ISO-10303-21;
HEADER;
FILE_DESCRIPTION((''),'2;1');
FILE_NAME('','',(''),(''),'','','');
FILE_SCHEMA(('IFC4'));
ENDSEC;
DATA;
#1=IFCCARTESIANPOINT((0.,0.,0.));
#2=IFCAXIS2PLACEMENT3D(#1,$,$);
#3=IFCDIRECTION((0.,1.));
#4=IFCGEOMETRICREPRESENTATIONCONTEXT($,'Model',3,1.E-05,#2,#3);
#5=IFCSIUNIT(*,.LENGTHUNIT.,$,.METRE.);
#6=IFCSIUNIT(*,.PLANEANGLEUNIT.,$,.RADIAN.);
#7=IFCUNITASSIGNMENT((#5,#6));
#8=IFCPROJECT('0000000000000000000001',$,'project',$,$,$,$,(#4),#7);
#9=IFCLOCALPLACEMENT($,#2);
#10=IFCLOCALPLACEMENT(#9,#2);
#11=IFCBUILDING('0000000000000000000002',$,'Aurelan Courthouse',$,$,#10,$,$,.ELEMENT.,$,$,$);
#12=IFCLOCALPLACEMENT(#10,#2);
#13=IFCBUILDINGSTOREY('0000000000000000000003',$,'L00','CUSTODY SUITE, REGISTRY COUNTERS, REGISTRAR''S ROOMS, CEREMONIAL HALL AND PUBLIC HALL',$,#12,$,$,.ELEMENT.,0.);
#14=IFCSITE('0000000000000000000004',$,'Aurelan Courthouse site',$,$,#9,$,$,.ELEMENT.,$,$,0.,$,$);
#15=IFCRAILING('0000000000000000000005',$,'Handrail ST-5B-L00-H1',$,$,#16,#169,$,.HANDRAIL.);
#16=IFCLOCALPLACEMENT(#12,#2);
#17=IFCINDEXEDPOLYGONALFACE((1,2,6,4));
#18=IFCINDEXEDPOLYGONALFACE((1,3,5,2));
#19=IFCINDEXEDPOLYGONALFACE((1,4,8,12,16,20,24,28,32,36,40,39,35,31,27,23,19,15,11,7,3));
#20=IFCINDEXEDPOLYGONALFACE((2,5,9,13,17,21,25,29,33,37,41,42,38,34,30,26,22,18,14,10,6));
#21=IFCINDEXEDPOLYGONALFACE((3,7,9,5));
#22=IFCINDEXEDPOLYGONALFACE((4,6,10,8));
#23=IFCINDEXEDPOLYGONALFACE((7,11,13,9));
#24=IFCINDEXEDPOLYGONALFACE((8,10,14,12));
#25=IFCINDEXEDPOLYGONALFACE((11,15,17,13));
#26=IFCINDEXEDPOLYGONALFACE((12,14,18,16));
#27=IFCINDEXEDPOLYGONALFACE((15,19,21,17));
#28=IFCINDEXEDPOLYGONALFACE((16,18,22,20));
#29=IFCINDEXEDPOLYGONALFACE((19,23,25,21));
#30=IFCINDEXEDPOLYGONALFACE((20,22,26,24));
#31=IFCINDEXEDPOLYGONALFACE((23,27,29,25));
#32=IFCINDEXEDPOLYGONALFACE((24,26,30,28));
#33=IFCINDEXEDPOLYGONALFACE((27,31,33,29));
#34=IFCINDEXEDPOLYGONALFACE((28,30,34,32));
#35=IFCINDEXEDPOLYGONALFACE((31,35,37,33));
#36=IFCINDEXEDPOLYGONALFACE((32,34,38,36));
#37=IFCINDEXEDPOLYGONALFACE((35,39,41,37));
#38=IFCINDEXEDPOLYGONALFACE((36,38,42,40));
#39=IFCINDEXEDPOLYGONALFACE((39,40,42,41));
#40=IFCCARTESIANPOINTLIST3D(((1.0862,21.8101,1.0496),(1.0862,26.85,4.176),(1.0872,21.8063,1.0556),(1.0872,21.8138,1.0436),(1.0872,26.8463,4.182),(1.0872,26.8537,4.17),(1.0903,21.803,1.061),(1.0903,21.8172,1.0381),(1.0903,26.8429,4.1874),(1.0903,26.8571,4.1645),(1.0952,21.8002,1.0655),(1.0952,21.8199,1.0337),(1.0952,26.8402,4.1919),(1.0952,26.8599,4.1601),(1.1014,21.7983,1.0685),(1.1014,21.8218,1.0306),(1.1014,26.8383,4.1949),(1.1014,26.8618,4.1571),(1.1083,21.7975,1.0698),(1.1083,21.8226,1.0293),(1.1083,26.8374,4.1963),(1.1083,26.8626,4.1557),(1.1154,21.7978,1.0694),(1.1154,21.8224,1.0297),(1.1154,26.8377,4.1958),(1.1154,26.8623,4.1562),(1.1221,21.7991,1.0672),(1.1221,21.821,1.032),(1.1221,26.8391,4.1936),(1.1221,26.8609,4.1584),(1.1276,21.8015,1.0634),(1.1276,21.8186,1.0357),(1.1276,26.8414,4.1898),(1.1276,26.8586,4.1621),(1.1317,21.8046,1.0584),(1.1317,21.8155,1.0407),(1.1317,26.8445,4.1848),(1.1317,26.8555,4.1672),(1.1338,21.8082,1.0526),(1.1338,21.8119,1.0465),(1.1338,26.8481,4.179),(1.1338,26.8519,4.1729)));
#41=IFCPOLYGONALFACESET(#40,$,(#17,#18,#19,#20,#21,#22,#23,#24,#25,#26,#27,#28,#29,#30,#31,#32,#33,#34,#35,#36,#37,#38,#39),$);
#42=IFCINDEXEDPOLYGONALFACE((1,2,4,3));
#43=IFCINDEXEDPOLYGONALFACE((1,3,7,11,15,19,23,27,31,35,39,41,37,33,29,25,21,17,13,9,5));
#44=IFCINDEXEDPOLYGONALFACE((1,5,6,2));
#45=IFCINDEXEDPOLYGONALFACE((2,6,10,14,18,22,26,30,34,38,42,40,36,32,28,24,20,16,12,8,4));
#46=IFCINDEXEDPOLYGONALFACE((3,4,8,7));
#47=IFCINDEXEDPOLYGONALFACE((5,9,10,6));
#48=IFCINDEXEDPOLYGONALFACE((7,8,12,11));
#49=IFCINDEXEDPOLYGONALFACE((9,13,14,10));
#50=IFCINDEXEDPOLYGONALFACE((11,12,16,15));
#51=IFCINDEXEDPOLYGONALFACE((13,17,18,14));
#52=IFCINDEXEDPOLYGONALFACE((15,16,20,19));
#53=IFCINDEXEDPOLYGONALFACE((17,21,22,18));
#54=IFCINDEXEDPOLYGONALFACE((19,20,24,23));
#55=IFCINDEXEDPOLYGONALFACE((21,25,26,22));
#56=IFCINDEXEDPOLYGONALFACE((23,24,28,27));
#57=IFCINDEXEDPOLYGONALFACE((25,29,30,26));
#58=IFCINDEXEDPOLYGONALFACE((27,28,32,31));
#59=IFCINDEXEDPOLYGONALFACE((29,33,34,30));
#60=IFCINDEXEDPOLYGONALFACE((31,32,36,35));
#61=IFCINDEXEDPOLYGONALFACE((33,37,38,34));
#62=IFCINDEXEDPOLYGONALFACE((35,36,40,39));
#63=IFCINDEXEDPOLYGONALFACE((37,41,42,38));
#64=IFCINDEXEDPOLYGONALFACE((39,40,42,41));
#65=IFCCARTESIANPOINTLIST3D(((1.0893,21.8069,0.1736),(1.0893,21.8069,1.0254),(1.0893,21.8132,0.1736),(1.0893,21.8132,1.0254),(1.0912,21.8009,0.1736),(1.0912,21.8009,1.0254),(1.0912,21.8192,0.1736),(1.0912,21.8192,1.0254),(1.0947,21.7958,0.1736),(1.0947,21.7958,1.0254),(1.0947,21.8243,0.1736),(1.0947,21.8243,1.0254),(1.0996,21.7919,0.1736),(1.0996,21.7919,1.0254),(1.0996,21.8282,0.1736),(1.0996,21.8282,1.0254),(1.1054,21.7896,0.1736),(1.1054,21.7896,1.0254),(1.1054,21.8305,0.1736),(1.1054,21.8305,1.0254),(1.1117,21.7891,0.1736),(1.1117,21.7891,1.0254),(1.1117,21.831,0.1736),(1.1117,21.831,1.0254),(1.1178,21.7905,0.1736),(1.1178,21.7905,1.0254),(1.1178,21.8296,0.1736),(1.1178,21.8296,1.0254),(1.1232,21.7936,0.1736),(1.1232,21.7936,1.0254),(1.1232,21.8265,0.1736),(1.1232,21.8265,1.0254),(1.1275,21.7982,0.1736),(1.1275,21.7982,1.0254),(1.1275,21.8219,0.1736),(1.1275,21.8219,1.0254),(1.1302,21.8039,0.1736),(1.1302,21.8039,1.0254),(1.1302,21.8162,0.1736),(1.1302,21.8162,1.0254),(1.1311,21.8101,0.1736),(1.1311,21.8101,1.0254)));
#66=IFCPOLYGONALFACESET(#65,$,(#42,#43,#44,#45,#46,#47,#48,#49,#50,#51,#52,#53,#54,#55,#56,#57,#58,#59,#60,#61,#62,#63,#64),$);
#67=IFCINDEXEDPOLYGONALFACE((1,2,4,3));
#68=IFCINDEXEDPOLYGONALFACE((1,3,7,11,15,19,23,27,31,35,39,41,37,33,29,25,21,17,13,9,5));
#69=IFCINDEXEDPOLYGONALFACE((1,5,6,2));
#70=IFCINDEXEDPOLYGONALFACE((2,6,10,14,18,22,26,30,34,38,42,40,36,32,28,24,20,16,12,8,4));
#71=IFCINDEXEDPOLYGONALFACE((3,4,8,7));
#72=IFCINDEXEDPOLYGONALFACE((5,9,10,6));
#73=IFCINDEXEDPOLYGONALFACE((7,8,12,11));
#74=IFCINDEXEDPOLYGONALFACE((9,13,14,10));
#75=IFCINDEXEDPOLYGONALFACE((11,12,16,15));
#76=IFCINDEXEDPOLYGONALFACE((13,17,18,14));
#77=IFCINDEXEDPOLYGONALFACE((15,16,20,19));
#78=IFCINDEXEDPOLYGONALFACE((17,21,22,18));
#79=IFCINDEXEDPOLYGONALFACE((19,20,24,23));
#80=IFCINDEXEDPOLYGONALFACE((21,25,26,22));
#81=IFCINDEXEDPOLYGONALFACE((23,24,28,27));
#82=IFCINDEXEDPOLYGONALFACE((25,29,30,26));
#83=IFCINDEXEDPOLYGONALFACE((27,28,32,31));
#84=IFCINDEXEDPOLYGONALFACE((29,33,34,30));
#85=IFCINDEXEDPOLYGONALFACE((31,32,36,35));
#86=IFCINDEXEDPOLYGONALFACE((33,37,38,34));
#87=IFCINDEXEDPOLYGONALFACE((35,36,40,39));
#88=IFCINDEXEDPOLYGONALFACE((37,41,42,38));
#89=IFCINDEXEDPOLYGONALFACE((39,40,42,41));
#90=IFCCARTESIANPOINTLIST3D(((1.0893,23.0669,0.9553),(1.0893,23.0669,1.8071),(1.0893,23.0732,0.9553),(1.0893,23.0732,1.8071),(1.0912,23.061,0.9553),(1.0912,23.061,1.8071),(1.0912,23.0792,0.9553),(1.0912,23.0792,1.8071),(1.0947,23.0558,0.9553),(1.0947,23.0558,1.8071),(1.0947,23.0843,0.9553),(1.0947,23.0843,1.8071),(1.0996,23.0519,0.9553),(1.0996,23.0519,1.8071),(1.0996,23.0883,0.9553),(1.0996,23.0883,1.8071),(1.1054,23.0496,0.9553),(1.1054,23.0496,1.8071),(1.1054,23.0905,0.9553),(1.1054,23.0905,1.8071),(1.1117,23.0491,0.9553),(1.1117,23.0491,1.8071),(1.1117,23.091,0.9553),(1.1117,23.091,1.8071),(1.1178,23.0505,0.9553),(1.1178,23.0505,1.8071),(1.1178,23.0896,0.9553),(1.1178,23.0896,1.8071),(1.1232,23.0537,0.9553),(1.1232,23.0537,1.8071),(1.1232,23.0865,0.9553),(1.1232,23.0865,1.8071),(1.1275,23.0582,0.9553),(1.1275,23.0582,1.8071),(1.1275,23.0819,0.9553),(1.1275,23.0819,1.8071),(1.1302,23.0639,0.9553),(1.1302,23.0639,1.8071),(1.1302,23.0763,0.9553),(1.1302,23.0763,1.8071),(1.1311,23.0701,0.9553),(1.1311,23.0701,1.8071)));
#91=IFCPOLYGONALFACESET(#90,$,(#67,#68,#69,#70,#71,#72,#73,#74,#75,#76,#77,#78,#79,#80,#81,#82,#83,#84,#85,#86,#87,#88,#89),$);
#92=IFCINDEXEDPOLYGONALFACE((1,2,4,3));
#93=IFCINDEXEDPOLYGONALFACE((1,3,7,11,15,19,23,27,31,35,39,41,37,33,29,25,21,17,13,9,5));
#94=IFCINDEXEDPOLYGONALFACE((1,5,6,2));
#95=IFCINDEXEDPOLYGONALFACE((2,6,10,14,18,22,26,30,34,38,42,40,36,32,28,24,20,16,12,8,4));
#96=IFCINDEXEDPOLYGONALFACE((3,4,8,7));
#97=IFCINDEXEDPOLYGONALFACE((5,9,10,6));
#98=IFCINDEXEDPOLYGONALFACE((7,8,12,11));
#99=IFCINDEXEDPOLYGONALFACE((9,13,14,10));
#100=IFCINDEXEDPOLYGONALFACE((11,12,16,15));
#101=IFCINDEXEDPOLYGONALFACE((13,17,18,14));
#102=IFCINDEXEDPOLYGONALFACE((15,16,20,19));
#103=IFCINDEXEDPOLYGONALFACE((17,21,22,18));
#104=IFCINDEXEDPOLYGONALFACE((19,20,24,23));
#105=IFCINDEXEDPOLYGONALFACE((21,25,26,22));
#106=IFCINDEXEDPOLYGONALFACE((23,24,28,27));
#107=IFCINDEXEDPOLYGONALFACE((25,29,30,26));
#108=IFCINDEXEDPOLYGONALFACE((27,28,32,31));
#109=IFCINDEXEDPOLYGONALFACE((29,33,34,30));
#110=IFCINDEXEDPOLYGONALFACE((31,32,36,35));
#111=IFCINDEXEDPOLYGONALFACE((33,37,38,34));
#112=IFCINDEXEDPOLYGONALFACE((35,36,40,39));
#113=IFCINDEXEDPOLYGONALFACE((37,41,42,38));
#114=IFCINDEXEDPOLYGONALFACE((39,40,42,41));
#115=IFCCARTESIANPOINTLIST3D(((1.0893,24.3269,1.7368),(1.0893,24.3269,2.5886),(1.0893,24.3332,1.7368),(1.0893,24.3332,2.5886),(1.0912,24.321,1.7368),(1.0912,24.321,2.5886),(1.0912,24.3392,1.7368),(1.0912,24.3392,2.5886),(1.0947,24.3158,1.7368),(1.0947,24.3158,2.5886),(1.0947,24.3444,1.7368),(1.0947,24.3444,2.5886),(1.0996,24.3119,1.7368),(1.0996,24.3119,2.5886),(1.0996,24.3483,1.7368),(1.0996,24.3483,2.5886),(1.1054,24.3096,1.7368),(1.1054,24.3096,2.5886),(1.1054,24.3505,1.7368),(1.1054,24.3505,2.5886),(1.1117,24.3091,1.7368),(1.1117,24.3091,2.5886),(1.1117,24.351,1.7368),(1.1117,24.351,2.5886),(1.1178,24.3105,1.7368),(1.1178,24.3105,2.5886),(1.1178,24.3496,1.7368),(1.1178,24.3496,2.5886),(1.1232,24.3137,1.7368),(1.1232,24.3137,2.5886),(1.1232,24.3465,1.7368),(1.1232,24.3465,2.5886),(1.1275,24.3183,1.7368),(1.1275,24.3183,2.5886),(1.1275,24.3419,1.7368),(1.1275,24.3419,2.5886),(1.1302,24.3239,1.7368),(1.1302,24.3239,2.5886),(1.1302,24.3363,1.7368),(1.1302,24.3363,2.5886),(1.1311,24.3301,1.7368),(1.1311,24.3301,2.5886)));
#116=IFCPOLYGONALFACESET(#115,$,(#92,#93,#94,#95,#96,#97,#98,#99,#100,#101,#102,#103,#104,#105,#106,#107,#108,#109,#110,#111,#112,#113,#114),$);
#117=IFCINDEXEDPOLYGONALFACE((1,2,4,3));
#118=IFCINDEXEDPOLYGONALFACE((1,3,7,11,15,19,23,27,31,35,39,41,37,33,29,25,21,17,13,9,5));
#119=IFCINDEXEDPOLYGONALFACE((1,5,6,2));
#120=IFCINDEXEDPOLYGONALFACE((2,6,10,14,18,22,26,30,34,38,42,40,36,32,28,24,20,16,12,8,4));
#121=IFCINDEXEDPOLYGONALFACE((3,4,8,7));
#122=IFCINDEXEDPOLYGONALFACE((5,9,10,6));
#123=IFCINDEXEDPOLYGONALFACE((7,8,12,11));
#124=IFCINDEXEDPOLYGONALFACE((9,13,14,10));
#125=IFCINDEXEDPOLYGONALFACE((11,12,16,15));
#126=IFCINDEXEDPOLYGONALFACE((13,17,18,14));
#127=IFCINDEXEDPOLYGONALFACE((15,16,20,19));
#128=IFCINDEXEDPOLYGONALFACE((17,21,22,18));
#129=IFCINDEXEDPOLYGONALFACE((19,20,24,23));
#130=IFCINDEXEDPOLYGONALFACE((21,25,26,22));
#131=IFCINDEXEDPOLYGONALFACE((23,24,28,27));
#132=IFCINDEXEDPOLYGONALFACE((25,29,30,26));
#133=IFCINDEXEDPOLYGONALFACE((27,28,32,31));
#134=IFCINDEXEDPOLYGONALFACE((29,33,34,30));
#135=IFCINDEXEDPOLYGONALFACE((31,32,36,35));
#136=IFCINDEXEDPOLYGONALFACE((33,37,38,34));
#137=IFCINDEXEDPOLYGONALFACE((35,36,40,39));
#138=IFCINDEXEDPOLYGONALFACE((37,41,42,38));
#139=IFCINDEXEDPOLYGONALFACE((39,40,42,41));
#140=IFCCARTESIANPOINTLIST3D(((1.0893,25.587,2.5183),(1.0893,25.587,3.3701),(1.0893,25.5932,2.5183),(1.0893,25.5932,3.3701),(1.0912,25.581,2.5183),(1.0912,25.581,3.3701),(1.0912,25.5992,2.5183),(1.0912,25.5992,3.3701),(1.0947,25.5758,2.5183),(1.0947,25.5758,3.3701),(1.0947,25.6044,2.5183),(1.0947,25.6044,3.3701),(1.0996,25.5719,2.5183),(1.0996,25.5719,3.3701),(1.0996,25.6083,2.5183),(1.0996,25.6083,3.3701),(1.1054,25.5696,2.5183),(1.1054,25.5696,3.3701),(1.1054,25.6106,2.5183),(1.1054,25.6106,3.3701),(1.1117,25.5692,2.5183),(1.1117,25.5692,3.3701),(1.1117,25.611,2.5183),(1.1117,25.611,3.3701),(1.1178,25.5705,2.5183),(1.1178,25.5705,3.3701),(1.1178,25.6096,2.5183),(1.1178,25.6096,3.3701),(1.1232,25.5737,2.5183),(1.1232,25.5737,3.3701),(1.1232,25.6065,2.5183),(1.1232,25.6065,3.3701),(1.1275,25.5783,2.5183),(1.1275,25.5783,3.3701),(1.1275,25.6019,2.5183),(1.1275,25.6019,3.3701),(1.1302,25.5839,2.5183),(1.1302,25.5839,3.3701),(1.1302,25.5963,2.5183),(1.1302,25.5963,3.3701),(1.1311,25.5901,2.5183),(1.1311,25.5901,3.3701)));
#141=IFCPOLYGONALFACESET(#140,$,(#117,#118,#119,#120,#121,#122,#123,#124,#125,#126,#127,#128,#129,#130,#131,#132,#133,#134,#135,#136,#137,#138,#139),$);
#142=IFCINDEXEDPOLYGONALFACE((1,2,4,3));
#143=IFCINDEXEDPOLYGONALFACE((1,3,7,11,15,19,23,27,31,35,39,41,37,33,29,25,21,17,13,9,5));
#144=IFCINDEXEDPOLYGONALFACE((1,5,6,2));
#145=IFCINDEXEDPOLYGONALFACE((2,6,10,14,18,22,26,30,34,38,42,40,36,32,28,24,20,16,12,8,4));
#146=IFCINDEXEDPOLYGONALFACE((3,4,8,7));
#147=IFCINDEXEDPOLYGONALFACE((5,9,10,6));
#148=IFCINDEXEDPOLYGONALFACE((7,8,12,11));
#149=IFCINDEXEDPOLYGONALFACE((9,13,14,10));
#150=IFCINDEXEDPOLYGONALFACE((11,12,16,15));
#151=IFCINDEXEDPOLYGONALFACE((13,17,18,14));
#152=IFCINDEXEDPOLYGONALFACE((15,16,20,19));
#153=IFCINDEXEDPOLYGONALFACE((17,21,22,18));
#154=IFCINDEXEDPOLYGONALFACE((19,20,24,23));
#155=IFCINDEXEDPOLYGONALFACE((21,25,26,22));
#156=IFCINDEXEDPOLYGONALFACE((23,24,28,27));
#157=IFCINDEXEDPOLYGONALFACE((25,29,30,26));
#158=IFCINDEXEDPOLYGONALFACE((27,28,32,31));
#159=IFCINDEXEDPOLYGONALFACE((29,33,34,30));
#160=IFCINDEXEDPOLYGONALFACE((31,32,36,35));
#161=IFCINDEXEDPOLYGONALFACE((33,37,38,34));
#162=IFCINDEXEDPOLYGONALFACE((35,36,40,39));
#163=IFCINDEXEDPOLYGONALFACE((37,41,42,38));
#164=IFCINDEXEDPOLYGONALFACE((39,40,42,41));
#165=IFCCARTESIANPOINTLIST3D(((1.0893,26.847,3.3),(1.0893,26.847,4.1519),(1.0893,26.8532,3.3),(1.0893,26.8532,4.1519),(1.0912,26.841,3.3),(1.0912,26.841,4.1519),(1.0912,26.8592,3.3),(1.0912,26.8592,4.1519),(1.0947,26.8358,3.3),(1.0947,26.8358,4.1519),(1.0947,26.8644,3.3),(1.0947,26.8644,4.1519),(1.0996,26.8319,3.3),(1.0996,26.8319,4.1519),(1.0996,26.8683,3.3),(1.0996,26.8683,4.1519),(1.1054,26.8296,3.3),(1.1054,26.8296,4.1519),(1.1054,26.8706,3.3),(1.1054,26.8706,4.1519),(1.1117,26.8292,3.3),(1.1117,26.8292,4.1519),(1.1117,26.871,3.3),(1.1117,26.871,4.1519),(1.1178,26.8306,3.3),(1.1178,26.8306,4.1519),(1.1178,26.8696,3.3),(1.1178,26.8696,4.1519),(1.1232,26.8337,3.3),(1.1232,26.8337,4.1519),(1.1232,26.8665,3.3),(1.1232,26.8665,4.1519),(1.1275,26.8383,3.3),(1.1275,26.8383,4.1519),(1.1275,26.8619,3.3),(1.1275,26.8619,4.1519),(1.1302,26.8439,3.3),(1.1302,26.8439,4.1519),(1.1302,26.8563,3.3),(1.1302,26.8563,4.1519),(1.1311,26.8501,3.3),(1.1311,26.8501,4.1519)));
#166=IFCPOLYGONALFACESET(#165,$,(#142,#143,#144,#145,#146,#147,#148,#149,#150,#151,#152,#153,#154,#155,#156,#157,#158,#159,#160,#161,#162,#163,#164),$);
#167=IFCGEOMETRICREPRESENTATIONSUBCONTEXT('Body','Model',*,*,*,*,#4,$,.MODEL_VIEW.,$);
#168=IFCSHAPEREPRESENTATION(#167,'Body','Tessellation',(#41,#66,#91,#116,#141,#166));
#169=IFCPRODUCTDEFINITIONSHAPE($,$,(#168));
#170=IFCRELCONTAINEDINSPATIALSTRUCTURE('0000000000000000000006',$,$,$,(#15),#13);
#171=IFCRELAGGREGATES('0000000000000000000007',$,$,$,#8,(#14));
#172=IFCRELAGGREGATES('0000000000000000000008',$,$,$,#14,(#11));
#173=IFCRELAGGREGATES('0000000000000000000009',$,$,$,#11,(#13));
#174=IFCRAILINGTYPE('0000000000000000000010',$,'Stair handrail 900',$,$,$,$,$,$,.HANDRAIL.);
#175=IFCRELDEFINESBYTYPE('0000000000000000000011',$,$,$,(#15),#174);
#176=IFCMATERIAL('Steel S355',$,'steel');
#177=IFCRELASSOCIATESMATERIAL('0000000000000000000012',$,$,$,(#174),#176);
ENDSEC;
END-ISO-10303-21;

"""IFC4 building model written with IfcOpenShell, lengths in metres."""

from ifc_helpers import new_model, si_unit, direction, frame, origin, origin_2d, place, context, subcontext, project, spatial, circle, extrude, material, type_object, element, save


model = new_model("IFC4")

# Units and contexts
model_context = context("Model", 3, precision=1e-05, world=origin(), true_north=direction((0.0, 1.0)))
body_context = subcontext(model_context, "Body", "Model", "MODEL_VIEW")
ifc_project = project(units=[si_unit("LENGTHUNIT", "METRE"), si_unit("PLANEANGLEUNIT", "RADIAN")], contexts=[model_context])

# Site, building, storey
site_placement = place(None, origin())
site = spatial("IfcSite", under=ifc_project, at=site_placement, Name="Aurelan Courthouse site", CompositionType="ELEMENT", RefElevation=0.0)
building_placement = place(site_placement, origin())
building = spatial("IfcBuilding", under=site, at=building_placement, Name="Aurelan Courthouse", CompositionType="ELEMENT")
storey_placement = place(building_placement, origin())
storey = spatial("IfcBuildingStorey", under=building, at=storey_placement, Name="L00", Description="CUSTODY SUITE, REGISTRY COUNTERS, REGISTRAR'S ROOMS, CEREMONIAL HALL AND PUBLIC HALL", CompositionType="ELEMENT", Elevation=0.0)

# Railing
ifc_material_1 = material(Name="Steel S355", Category="steel")
railing_type_1 = type_object("IfcRailingType", Name="Stair handrail 900", PredefinedType="HANDRAIL", material=ifc_material_1)
for number, where, name in (
    (1, (1.1101, 21.8101, 0.1736), "Handrail ST-5B-L00-H1"),
):
    element("IfcRailing", number, at=place(storey_placement, frame(where)), inside=storey, type_object=railing_type_1, Name=name, PredefinedType="HANDRAIL", context=body_context, shape_type="SweptSolid", body=[
        extrude(circle(Radius=0.0239, at=origin_2d()), frame((0.0, 0.0, 0.876), z_axis=(0.0, 0.849779, 0.527139), x_axis=(-1.0, 0.0, 0.0)), (0.0, 0.0, 1.0), 5.9309),
        extrude(circle(Radius=0.021, at=origin_2d()), origin(), (0.0, 0.0, 1.0), 0.8518),
        extrude(circle(Radius=0.021, at=origin_2d()), frame((0.0, 1.26, 0.7817)), (0.0, 0.0, 1.0), 0.8518),
        extrude(circle(Radius=0.021, at=origin_2d()), frame((0.0, 2.52, 1.5632)), (0.0, 0.0, 1.0), 0.8518),
        extrude(circle(Radius=0.021, at=origin_2d()), frame((0.0, 3.78, 2.3447)), (0.0, 0.0, 1.0), 0.8518),
        extrude(circle(Radius=0.021, at=origin_2d()), frame((0.0, 5.04, 3.1265)), (0.0, 0.0, 1.0), 0.8518),
    ])

save(model, "model.ifc")
